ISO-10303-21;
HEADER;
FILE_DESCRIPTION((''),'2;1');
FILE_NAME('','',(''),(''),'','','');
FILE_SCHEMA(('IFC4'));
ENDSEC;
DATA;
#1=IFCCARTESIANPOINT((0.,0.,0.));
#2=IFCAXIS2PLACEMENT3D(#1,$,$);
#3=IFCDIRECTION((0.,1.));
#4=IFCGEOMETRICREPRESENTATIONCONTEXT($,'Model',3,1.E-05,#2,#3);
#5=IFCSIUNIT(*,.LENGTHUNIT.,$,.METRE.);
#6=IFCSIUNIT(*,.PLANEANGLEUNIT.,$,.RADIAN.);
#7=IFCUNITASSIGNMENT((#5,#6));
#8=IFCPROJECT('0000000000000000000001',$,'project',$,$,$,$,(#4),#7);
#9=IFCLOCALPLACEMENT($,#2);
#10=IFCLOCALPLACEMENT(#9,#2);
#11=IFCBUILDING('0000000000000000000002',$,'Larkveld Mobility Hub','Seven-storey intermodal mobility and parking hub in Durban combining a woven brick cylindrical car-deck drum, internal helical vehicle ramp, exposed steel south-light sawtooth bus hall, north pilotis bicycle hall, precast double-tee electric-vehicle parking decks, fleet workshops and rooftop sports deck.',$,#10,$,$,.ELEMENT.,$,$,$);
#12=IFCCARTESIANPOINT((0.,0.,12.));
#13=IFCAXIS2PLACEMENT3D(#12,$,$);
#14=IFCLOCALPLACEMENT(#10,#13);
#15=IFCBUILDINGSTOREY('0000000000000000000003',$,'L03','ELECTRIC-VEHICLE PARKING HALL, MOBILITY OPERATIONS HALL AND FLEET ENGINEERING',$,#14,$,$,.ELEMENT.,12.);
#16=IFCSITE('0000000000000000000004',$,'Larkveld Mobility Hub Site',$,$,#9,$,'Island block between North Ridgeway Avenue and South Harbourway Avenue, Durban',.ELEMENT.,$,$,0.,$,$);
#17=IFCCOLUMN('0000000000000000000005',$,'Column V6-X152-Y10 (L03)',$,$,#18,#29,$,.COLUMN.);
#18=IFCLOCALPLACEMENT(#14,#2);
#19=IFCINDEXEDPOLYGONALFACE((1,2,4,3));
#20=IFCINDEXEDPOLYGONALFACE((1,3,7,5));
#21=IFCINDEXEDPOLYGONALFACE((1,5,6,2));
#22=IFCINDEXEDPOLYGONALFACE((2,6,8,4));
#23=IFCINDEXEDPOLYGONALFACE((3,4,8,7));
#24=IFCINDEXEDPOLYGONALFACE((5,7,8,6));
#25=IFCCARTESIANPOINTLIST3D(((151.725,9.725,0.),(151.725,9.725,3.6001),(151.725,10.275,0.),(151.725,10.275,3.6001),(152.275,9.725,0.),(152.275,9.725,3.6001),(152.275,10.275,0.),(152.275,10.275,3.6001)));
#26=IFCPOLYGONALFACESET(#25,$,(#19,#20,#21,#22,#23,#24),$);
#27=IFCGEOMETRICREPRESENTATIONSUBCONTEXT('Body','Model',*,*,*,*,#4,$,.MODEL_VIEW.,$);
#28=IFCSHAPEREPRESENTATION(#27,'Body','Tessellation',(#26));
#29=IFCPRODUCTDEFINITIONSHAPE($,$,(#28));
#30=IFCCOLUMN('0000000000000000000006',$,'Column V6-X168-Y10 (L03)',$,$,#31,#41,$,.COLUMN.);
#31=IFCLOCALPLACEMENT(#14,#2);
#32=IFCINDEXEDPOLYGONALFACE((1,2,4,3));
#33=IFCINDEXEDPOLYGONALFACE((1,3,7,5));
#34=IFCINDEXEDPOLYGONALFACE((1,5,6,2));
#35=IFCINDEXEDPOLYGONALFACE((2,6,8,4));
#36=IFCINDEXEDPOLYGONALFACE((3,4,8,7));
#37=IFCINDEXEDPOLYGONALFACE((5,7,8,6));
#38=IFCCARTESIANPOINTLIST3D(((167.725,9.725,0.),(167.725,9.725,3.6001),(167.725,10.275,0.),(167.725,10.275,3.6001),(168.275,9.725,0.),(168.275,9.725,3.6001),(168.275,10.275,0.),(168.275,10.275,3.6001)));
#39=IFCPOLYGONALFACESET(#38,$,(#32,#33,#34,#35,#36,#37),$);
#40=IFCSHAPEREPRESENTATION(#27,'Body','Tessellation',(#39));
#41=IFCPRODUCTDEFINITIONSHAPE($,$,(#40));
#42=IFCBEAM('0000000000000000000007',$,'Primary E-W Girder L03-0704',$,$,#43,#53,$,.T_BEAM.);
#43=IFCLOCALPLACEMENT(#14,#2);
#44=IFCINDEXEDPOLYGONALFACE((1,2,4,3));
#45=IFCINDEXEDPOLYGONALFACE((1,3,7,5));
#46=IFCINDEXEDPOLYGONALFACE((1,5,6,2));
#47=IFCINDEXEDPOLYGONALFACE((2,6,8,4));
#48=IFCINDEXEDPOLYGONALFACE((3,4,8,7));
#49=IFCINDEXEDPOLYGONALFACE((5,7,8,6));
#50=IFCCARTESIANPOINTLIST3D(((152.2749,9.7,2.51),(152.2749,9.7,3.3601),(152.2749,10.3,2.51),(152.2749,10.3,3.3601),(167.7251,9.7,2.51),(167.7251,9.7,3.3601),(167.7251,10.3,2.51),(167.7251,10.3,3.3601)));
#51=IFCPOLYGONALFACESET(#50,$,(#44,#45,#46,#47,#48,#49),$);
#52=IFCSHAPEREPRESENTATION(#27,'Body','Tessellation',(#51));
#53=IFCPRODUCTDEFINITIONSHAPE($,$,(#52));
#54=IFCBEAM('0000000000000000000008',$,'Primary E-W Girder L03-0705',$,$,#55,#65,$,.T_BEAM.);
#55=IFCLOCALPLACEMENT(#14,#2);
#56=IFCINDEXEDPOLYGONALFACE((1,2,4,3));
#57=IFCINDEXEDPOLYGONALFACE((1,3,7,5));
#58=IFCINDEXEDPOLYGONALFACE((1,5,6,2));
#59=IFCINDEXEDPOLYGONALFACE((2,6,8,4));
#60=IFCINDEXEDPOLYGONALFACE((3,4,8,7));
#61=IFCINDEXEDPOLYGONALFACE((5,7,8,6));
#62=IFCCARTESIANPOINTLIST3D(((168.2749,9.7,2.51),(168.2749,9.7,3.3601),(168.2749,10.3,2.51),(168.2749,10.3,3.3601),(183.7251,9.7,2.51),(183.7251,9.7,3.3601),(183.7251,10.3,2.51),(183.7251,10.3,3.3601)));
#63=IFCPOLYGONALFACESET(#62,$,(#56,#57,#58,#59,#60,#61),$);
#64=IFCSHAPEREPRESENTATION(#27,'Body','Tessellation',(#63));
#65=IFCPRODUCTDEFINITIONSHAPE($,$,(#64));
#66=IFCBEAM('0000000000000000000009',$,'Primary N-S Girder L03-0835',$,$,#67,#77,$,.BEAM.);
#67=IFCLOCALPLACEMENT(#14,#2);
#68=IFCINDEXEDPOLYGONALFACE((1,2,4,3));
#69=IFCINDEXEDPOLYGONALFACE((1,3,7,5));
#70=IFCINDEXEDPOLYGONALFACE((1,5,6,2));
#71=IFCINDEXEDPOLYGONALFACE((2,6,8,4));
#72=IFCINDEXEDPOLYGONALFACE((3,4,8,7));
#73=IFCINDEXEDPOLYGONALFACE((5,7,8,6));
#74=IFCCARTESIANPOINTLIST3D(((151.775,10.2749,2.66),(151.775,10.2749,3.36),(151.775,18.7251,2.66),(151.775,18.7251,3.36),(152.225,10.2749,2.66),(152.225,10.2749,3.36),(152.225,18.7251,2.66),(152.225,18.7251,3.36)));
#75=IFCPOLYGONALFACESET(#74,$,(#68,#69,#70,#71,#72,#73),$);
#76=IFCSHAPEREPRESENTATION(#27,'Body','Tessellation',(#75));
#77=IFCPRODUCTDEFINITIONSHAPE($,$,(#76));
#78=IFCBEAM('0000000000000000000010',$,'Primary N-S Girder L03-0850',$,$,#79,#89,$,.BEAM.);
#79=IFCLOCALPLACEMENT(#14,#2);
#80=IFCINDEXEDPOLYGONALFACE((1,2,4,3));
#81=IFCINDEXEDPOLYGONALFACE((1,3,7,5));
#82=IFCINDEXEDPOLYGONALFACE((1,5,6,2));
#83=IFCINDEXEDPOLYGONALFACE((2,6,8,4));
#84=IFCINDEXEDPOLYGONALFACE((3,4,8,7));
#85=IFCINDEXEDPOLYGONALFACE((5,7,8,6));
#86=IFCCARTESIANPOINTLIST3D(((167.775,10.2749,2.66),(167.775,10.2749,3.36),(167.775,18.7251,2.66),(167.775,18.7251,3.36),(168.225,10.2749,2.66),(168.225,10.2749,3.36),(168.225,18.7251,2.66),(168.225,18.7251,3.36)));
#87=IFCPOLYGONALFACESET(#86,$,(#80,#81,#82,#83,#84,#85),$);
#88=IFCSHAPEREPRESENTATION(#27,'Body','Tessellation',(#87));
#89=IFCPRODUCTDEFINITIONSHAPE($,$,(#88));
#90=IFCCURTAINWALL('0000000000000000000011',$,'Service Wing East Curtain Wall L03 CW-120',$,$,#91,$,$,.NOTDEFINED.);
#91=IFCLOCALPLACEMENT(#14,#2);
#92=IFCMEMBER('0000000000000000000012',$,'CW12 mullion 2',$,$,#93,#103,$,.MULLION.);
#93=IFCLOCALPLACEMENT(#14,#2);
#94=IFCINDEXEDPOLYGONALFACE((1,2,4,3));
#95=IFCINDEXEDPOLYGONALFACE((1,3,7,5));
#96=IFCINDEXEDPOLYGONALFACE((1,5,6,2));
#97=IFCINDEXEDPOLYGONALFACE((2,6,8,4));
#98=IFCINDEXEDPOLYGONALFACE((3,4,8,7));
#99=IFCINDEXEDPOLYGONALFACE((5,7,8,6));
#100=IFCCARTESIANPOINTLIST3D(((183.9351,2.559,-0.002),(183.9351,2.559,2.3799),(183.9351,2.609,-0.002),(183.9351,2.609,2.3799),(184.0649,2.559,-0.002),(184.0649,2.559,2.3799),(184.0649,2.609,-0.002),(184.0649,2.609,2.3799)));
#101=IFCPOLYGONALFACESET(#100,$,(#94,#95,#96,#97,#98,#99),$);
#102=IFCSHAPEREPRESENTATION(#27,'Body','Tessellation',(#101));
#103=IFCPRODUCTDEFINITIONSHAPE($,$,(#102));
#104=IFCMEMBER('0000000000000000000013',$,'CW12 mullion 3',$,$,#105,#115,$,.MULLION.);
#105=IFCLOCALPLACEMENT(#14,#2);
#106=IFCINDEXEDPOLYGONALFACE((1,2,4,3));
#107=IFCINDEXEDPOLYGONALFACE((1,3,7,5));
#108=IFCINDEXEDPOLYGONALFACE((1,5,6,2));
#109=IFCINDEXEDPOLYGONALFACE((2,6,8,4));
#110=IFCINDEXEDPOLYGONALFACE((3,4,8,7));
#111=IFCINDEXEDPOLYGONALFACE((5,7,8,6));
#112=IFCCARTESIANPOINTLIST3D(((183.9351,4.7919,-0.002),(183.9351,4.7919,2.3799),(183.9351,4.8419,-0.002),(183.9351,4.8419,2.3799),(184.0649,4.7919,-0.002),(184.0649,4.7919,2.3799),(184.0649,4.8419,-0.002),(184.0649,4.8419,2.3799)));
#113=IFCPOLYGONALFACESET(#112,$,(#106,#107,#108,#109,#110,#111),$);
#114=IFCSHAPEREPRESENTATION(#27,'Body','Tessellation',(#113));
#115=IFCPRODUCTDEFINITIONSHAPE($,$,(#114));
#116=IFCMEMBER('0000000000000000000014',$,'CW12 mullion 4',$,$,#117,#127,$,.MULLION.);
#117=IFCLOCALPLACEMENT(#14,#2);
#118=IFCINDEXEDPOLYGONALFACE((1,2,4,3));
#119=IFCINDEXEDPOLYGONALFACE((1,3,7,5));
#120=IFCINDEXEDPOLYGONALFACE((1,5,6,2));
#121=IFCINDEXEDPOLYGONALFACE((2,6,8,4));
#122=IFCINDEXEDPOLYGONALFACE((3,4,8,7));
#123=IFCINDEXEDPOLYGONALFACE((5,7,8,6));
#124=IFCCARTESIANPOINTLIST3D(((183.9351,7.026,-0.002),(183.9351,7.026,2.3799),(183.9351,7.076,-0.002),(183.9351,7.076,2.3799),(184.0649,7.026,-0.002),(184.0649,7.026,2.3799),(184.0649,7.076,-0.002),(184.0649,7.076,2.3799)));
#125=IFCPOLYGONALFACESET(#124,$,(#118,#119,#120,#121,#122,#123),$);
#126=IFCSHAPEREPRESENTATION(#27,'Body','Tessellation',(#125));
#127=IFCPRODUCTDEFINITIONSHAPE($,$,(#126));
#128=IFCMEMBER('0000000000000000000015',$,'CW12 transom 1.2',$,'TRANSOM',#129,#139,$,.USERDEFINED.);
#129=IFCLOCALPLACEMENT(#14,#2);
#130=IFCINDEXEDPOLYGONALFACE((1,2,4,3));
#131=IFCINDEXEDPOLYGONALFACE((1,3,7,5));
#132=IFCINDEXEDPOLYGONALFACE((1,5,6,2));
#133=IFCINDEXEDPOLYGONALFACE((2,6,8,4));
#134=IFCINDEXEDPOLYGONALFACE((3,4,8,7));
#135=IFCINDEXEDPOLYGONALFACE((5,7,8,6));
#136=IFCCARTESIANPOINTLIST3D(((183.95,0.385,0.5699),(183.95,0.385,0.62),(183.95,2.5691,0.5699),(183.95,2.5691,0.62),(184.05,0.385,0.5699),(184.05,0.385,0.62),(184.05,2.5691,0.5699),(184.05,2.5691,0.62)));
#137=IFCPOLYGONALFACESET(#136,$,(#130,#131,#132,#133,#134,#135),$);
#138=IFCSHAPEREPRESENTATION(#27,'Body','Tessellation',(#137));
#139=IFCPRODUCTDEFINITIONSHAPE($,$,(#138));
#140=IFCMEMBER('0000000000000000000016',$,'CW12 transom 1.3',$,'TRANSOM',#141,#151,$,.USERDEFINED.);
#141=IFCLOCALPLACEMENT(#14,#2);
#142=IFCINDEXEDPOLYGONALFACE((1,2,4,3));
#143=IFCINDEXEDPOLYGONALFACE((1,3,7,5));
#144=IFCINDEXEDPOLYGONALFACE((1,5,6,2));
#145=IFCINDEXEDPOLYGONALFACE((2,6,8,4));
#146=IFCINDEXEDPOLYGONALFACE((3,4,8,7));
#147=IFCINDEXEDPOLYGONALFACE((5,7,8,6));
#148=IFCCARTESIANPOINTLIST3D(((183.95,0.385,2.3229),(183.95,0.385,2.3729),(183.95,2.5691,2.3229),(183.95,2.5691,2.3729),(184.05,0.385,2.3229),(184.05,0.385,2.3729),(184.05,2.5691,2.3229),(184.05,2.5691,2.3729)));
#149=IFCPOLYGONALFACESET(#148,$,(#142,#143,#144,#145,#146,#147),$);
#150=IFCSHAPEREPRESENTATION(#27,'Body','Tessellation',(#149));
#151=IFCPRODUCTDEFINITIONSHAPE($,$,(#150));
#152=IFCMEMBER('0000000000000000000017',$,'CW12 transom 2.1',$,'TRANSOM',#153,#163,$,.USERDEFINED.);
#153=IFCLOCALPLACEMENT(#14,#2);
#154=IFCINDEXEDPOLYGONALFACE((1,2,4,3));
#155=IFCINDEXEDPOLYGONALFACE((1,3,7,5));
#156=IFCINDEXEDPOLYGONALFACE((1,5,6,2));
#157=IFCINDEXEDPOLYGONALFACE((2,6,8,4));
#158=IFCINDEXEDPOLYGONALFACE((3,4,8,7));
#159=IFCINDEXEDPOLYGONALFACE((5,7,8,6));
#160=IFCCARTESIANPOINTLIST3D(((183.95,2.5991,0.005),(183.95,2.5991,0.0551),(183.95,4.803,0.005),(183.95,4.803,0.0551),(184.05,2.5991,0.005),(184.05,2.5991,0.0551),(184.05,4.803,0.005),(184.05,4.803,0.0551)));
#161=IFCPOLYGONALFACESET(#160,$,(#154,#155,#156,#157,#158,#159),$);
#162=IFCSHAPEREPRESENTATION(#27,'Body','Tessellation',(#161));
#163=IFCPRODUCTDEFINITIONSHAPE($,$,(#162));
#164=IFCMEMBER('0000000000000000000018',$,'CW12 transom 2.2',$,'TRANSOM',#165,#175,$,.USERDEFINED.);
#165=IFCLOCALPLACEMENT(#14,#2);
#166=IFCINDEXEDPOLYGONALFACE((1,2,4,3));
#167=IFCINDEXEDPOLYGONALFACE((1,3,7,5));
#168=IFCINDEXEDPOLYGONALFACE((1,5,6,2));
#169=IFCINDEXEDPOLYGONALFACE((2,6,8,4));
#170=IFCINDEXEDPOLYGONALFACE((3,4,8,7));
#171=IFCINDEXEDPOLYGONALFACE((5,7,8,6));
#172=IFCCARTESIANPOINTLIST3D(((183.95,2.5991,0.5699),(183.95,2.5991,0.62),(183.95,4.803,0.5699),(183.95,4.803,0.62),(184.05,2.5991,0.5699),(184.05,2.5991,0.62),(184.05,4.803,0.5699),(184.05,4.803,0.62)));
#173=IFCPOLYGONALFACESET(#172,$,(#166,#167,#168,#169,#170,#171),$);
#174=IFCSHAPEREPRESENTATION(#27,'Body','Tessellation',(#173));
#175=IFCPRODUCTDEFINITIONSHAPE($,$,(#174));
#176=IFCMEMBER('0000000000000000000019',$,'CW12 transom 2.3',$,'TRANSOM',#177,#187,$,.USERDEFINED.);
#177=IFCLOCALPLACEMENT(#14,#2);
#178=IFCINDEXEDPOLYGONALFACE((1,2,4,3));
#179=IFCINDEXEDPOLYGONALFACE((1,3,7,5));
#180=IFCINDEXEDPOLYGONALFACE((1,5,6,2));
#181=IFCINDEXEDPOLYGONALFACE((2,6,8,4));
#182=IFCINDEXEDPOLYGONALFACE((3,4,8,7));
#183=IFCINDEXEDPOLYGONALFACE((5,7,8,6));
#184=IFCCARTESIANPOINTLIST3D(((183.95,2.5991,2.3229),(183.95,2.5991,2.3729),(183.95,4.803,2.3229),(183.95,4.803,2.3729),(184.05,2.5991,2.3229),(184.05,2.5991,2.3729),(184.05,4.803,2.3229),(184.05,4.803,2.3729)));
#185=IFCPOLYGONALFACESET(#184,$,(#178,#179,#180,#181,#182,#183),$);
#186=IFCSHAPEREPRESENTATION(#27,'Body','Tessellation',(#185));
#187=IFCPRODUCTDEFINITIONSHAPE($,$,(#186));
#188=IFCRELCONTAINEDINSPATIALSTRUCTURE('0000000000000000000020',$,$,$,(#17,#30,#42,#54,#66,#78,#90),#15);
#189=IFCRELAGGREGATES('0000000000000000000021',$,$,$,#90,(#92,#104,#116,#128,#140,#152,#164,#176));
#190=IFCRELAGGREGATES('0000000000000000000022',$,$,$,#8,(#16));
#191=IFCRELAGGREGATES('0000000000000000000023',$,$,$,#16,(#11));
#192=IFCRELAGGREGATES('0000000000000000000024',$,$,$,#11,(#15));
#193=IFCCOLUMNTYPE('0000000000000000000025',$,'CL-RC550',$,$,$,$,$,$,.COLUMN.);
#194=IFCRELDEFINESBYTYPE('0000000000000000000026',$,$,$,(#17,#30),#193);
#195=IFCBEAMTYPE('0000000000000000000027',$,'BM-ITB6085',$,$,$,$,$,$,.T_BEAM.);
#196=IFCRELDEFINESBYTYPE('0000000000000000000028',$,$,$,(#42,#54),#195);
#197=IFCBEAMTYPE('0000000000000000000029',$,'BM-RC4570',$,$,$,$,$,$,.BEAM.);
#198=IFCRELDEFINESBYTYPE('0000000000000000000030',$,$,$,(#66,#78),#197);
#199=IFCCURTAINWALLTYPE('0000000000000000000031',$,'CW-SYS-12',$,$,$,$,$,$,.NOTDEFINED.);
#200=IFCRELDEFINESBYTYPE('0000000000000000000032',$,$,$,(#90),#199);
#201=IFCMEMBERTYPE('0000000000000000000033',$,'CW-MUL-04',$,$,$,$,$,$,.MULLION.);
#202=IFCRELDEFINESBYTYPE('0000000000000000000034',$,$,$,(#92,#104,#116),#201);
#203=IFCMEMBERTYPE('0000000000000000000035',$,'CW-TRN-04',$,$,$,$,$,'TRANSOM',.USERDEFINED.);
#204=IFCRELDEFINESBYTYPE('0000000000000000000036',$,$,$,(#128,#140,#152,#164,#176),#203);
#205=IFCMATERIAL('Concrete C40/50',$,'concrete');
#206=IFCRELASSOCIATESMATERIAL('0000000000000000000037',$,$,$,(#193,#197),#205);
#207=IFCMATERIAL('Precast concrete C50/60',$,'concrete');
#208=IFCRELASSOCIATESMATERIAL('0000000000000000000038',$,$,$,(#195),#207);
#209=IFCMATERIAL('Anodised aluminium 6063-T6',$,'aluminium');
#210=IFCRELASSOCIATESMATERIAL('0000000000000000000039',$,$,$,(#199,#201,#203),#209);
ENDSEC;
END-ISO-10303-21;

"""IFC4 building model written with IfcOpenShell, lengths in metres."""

from ifc_helpers import new_model, si_unit, direction, frame, origin, origin_2d, place, context, subcontext, project, spatial, rectangle, extrude, material, material_profile, profile_set, type_object, element, aggregate, save


model = new_model("IFC4")

# Units and contexts
model_context = context("Model", 3, precision=1e-05, world=origin(), true_north=direction((0.0, 1.0)))
body_context = subcontext(model_context, "Body", "Model", "MODEL_VIEW")
ifc_project = project(units=[si_unit("LENGTHUNIT", "METRE"), si_unit("PLANEANGLEUNIT", "RADIAN")], contexts=[model_context])

# Site, building, storey
site_placement = place(None, origin())
site = spatial("IfcSite", under=ifc_project, at=site_placement, Name="Larkveld Mobility Hub Site", LongName="Island block between North Ridgeway Avenue and South Harbourway Avenue, Durban", CompositionType="ELEMENT", RefElevation=0.0)
building_placement = place(site_placement, origin())
building = spatial("IfcBuilding", under=site, at=building_placement, Name="Larkveld Mobility Hub", Description="Seven-storey intermodal mobility and parking hub in Durban combining a woven brick cylindrical car-deck drum, internal helical vehicle ramp, exposed steel south-light sawtooth bus hall, north pilotis bicycle hall, precast double-tee electric-vehicle parking decks, fleet workshops and rooftop sports deck.", CompositionType="ELEMENT")
storey_placement = place(building_placement, frame((0.0, 0.0, 12.0)))
storey = spatial("IfcBuildingStorey", under=building, at=storey_placement, Name="L03", Description="ELECTRIC-VEHICLE PARKING HALL, MOBILITY OPERATIONS HALL AND FLEET ENGINEERING", CompositionType="ELEMENT", Elevation=12.0)

# Columns
ifc_material_1 = material(Name="Concrete C40/50", Category="concrete")
ifc_material_profile_1 = material_profile(ifc_material_1, rectangle(XDim=0.55, YDim=0.55, at=origin_2d()), Name="RC COL 550x550")
ifc_profile_set_1 = profile_set([ifc_material_profile_1], Name="Concrete C40/50")
column_type = type_object("IfcColumnType", Name="CL-RC550", PredefinedType="COLUMN", material=ifc_profile_set_1)
for number, where, z_axis, x_axis, name in (
    (1, (152.0, 10.0, 0.0), (0.0, 0.0, 1.0), (1.0, 0.0, 0.0), "Column V6-X152-Y10 (L03)"),
    (2, (168.0, 10.0, 0.0), (0.0, 0.0, 1.0), (1.0, 0.0, 0.0), "Column V6-X168-Y10 (L03)"),
):
    element("IfcColumn", number, at=place(storey_placement, frame(where, z_axis=z_axis, x_axis=x_axis)), inside=storey, type_object=column_type, Name=name, PredefinedType="COLUMN", context=body_context, shape_type="SweptSolid", body=[
        extrude(rectangle(XDim=0.55, YDim=0.55, at=origin_2d()), origin(), (0.0, 0.0, 1.0), 3.6001),
    ])

# Beams
ifc_material_2 = material(Name="Precast concrete C50/60", Category="concrete")
ifc_material_profile_2 = material_profile(ifc_material_2, rectangle(XDim=0.6001, YDim=0.8501, at=origin_2d()), Name="PC ITB 600x850")
ifc_profile_set_2 = profile_set([ifc_material_profile_2], Name="Precast concrete C50/60")
beam_type_1 = type_object("IfcBeamType", Name="BM-ITB6085", PredefinedType="T_BEAM", material=ifc_profile_set_2)
for number, where, z_axis, x_axis, name in (
    (3, (152.2749, 10.0, 2.9351), (1.0, 0.0, 0.0), (0.0, 1.0, 0.0), "Primary E-W Girder L03-0704"),
    (4, (168.2749, 10.0, 2.9351), (1.0, 0.0, 0.0), (0.0, 1.0, 0.0), "Primary E-W Girder L03-0705"),
):
    element("IfcBeam", number, at=place(storey_placement, frame(where, z_axis=z_axis, x_axis=x_axis)), inside=storey, type_object=beam_type_1, Name=name, PredefinedType="T_BEAM", context=body_context, shape_type="SweptSolid", body=[
        extrude(rectangle(XDim=0.6001, YDim=0.8501, at=origin_2d()), origin(), (0.0, 0.0, 1.0), 15.4502),
    ])
ifc_material_profile_3 = material_profile(ifc_material_1, rectangle(XDim=0.45, YDim=0.7, at=origin_2d()), Name="RC BM 450x700")
ifc_profile_set_3 = profile_set([ifc_material_profile_3], Name="Concrete C40/50")
beam_type_2 = type_object("IfcBeamType", Name="BM-RC4570", PredefinedType="BEAM", material=ifc_profile_set_3)
for number, where, z_axis, x_axis, name in (
    (5, (152.0, 10.2749, 3.01), (0.0, 1.0, 0.0), (-1.0, 0.0, 0.0), "Primary N-S Girder L03-0835"),
    (6, (168.0, 10.2749, 3.01), (0.0, 1.0, 0.0), (-1.0, 0.0, 0.0), "Primary N-S Girder L03-0850"),
):
    element("IfcBeam", number, at=place(storey_placement, frame(where, z_axis=z_axis, x_axis=x_axis)), inside=storey, type_object=beam_type_2, Name=name, PredefinedType="BEAM", context=body_context, shape_type="SweptSolid", body=[
        extrude(rectangle(XDim=0.45, YDim=0.7, at=origin_2d()), origin(), (0.0, 0.0, 1.0), 8.4502),
    ])

# Curtain wall, members
ifc_material_3 = material(Name="Anodised aluminium 6063-T6", Category="aluminium")
curtain_wall_type = type_object("IfcCurtainWallType", Name="CW-SYS-12", PredefinedType="NOTDEFINED", material=ifc_material_3)
curtain_wall_placement = place(storey_placement, origin())
curtain_wall = element("IfcCurtainWall", 7, at=curtain_wall_placement, inside=storey, type_object=curtain_wall_type, Name="Service Wing East Curtain Wall L03 CW-120", PredefinedType="NOTDEFINED")
ifc_material_profile_4 = material_profile(ifc_material_3, rectangle(XDim=0.05, YDim=0.1299, at=origin_2d()), Name="ALU MULL 50x130")
ifc_profile_set_4 = profile_set([ifc_material_profile_4], Name="Anodised aluminium 6063-T6")
member_type_1 = type_object("IfcMemberType", Name="CW-MUL-04", PredefinedType="MULLION", material=ifc_profile_set_4)
member_1_placement = place(storey_placement, frame((184.0, 2.584, -0.002), z_axis=(0.0, 0.0, 1.0), x_axis=(0.0, 1.0, 0.0)))
member_1 = element("IfcMember", 8, at=member_1_placement, type_object=member_type_1, Name="CW12 mullion 2", PredefinedType="MULLION", context=body_context, shape_type="SweptSolid", body=[
    extrude(rectangle(XDim=0.05, YDim=0.1299, at=origin_2d()), origin(), (0.0, 0.0, 1.0), 2.3818),
])
member_2_placement = place(storey_placement, frame((184.0, 4.8169, -0.002), z_axis=(0.0, 0.0, 1.0), x_axis=(0.0, 1.0, 0.0)))
member_2 = element("IfcMember", 9, at=member_2_placement, type_object=member_type_1, Name="CW12 mullion 3", PredefinedType="MULLION", context=body_context, shape_type="SweptSolid", body=[
    extrude(rectangle(XDim=0.05, YDim=0.1299, at=origin_2d()), origin(), (0.0, 0.0, 1.0), 2.3818),
])
member_3_placement = place(storey_placement, frame((184.0, 7.051, -0.002), z_axis=(0.0, 0.0, 1.0), x_axis=(0.0, 1.0, 0.0)))
member_3 = element("IfcMember", 10, at=member_3_placement, type_object=member_type_1, Name="CW12 mullion 4", PredefinedType="MULLION", context=body_context, shape_type="SweptSolid", body=[
    extrude(rectangle(XDim=0.05, YDim=0.1299, at=origin_2d()), origin(), (0.0, 0.0, 1.0), 2.3818),
])
ifc_material_profile_5 = material_profile(ifc_material_3, rectangle(XDim=0.1001, YDim=0.05, at=origin_2d()), Name="ALU TRAN 50x100")
ifc_profile_set_5 = profile_set([ifc_material_profile_5], Name="Anodised aluminium 6063-T6")
member_type_2 = type_object("IfcMemberType", Name="CW-TRN-04", ElementType="TRANSOM", PredefinedType="USERDEFINED", material=ifc_profile_set_5)
member_4_placement = place(storey_placement, frame((184.0, 0.385, 0.595), z_axis=(0.0, 1.0, 0.0), x_axis=(-1.0, 0.0, 0.0)))
member_4 = element("IfcMember", 11, at=member_4_placement, type_object=member_type_2, Name="CW12 transom 1.2", ObjectType="TRANSOM", PredefinedType="USERDEFINED", context=body_context, shape_type="SweptSolid", body=[
    extrude(rectangle(XDim=0.1001, YDim=0.05, at=origin_2d()), origin(), (0.0, 0.0, 1.0), 2.1841),
])
member_5_placement = place(storey_placement, frame((184.0, 0.385, 2.3479), z_axis=(0.0, 1.0, 0.0), x_axis=(-1.0, 0.0, 0.0)))
member_5 = element("IfcMember", 12, at=member_5_placement, type_object=member_type_2, Name="CW12 transom 1.3", ObjectType="TRANSOM", PredefinedType="USERDEFINED", context=body_context, shape_type="SweptSolid", body=[
    extrude(rectangle(XDim=0.1001, YDim=0.05, at=origin_2d()), origin(), (0.0, 0.0, 1.0), 2.1841),
])
member_6_placement = place(storey_placement, frame((184.0, 2.5991, 0.03), z_axis=(0.0, 1.0, 0.0), x_axis=(-1.0, 0.0, 0.0)))
member_6 = element("IfcMember", 13, at=member_6_placement, type_object=member_type_2, Name="CW12 transom 2.1", ObjectType="TRANSOM", PredefinedType="USERDEFINED", context=body_context, shape_type="SweptSolid", body=[
    extrude(rectangle(XDim=0.1001, YDim=0.05, at=origin_2d()), origin(), (0.0, 0.0, 1.0), 2.2039),
])
member_7_placement = place(storey_placement, frame((184.0, 2.5991, 0.595), z_axis=(0.0, 1.0, 0.0), x_axis=(-1.0, 0.0, 0.0)))
member_7 = element("IfcMember", 14, at=member_7_placement, type_object=member_type_2, Name="CW12 transom 2.2", ObjectType="TRANSOM", PredefinedType="USERDEFINED", context=body_context, shape_type="SweptSolid", body=[
    extrude(rectangle(XDim=0.1001, YDim=0.05, at=origin_2d()), origin(), (0.0, 0.0, 1.0), 2.2039),
])
member_8_placement = place(storey_placement, frame((184.0, 2.5991, 2.3479), z_axis=(0.0, 1.0, 0.0), x_axis=(-1.0, 0.0, 0.0)))
member_8 = element("IfcMember", 15, at=member_8_placement, type_object=member_type_2, Name="CW12 transom 2.3", ObjectType="TRANSOM", PredefinedType="USERDEFINED", context=body_context, shape_type="SweptSolid", body=[
    extrude(rectangle(XDim=0.1001, YDim=0.05, at=origin_2d()), origin(), (0.0, 0.0, 1.0), 2.2039),
])
aggregate(curtain_wall, [member_1, member_2, member_3, member_4, member_5, member_6, member_7, member_8])

save(model, "model.ifc")
